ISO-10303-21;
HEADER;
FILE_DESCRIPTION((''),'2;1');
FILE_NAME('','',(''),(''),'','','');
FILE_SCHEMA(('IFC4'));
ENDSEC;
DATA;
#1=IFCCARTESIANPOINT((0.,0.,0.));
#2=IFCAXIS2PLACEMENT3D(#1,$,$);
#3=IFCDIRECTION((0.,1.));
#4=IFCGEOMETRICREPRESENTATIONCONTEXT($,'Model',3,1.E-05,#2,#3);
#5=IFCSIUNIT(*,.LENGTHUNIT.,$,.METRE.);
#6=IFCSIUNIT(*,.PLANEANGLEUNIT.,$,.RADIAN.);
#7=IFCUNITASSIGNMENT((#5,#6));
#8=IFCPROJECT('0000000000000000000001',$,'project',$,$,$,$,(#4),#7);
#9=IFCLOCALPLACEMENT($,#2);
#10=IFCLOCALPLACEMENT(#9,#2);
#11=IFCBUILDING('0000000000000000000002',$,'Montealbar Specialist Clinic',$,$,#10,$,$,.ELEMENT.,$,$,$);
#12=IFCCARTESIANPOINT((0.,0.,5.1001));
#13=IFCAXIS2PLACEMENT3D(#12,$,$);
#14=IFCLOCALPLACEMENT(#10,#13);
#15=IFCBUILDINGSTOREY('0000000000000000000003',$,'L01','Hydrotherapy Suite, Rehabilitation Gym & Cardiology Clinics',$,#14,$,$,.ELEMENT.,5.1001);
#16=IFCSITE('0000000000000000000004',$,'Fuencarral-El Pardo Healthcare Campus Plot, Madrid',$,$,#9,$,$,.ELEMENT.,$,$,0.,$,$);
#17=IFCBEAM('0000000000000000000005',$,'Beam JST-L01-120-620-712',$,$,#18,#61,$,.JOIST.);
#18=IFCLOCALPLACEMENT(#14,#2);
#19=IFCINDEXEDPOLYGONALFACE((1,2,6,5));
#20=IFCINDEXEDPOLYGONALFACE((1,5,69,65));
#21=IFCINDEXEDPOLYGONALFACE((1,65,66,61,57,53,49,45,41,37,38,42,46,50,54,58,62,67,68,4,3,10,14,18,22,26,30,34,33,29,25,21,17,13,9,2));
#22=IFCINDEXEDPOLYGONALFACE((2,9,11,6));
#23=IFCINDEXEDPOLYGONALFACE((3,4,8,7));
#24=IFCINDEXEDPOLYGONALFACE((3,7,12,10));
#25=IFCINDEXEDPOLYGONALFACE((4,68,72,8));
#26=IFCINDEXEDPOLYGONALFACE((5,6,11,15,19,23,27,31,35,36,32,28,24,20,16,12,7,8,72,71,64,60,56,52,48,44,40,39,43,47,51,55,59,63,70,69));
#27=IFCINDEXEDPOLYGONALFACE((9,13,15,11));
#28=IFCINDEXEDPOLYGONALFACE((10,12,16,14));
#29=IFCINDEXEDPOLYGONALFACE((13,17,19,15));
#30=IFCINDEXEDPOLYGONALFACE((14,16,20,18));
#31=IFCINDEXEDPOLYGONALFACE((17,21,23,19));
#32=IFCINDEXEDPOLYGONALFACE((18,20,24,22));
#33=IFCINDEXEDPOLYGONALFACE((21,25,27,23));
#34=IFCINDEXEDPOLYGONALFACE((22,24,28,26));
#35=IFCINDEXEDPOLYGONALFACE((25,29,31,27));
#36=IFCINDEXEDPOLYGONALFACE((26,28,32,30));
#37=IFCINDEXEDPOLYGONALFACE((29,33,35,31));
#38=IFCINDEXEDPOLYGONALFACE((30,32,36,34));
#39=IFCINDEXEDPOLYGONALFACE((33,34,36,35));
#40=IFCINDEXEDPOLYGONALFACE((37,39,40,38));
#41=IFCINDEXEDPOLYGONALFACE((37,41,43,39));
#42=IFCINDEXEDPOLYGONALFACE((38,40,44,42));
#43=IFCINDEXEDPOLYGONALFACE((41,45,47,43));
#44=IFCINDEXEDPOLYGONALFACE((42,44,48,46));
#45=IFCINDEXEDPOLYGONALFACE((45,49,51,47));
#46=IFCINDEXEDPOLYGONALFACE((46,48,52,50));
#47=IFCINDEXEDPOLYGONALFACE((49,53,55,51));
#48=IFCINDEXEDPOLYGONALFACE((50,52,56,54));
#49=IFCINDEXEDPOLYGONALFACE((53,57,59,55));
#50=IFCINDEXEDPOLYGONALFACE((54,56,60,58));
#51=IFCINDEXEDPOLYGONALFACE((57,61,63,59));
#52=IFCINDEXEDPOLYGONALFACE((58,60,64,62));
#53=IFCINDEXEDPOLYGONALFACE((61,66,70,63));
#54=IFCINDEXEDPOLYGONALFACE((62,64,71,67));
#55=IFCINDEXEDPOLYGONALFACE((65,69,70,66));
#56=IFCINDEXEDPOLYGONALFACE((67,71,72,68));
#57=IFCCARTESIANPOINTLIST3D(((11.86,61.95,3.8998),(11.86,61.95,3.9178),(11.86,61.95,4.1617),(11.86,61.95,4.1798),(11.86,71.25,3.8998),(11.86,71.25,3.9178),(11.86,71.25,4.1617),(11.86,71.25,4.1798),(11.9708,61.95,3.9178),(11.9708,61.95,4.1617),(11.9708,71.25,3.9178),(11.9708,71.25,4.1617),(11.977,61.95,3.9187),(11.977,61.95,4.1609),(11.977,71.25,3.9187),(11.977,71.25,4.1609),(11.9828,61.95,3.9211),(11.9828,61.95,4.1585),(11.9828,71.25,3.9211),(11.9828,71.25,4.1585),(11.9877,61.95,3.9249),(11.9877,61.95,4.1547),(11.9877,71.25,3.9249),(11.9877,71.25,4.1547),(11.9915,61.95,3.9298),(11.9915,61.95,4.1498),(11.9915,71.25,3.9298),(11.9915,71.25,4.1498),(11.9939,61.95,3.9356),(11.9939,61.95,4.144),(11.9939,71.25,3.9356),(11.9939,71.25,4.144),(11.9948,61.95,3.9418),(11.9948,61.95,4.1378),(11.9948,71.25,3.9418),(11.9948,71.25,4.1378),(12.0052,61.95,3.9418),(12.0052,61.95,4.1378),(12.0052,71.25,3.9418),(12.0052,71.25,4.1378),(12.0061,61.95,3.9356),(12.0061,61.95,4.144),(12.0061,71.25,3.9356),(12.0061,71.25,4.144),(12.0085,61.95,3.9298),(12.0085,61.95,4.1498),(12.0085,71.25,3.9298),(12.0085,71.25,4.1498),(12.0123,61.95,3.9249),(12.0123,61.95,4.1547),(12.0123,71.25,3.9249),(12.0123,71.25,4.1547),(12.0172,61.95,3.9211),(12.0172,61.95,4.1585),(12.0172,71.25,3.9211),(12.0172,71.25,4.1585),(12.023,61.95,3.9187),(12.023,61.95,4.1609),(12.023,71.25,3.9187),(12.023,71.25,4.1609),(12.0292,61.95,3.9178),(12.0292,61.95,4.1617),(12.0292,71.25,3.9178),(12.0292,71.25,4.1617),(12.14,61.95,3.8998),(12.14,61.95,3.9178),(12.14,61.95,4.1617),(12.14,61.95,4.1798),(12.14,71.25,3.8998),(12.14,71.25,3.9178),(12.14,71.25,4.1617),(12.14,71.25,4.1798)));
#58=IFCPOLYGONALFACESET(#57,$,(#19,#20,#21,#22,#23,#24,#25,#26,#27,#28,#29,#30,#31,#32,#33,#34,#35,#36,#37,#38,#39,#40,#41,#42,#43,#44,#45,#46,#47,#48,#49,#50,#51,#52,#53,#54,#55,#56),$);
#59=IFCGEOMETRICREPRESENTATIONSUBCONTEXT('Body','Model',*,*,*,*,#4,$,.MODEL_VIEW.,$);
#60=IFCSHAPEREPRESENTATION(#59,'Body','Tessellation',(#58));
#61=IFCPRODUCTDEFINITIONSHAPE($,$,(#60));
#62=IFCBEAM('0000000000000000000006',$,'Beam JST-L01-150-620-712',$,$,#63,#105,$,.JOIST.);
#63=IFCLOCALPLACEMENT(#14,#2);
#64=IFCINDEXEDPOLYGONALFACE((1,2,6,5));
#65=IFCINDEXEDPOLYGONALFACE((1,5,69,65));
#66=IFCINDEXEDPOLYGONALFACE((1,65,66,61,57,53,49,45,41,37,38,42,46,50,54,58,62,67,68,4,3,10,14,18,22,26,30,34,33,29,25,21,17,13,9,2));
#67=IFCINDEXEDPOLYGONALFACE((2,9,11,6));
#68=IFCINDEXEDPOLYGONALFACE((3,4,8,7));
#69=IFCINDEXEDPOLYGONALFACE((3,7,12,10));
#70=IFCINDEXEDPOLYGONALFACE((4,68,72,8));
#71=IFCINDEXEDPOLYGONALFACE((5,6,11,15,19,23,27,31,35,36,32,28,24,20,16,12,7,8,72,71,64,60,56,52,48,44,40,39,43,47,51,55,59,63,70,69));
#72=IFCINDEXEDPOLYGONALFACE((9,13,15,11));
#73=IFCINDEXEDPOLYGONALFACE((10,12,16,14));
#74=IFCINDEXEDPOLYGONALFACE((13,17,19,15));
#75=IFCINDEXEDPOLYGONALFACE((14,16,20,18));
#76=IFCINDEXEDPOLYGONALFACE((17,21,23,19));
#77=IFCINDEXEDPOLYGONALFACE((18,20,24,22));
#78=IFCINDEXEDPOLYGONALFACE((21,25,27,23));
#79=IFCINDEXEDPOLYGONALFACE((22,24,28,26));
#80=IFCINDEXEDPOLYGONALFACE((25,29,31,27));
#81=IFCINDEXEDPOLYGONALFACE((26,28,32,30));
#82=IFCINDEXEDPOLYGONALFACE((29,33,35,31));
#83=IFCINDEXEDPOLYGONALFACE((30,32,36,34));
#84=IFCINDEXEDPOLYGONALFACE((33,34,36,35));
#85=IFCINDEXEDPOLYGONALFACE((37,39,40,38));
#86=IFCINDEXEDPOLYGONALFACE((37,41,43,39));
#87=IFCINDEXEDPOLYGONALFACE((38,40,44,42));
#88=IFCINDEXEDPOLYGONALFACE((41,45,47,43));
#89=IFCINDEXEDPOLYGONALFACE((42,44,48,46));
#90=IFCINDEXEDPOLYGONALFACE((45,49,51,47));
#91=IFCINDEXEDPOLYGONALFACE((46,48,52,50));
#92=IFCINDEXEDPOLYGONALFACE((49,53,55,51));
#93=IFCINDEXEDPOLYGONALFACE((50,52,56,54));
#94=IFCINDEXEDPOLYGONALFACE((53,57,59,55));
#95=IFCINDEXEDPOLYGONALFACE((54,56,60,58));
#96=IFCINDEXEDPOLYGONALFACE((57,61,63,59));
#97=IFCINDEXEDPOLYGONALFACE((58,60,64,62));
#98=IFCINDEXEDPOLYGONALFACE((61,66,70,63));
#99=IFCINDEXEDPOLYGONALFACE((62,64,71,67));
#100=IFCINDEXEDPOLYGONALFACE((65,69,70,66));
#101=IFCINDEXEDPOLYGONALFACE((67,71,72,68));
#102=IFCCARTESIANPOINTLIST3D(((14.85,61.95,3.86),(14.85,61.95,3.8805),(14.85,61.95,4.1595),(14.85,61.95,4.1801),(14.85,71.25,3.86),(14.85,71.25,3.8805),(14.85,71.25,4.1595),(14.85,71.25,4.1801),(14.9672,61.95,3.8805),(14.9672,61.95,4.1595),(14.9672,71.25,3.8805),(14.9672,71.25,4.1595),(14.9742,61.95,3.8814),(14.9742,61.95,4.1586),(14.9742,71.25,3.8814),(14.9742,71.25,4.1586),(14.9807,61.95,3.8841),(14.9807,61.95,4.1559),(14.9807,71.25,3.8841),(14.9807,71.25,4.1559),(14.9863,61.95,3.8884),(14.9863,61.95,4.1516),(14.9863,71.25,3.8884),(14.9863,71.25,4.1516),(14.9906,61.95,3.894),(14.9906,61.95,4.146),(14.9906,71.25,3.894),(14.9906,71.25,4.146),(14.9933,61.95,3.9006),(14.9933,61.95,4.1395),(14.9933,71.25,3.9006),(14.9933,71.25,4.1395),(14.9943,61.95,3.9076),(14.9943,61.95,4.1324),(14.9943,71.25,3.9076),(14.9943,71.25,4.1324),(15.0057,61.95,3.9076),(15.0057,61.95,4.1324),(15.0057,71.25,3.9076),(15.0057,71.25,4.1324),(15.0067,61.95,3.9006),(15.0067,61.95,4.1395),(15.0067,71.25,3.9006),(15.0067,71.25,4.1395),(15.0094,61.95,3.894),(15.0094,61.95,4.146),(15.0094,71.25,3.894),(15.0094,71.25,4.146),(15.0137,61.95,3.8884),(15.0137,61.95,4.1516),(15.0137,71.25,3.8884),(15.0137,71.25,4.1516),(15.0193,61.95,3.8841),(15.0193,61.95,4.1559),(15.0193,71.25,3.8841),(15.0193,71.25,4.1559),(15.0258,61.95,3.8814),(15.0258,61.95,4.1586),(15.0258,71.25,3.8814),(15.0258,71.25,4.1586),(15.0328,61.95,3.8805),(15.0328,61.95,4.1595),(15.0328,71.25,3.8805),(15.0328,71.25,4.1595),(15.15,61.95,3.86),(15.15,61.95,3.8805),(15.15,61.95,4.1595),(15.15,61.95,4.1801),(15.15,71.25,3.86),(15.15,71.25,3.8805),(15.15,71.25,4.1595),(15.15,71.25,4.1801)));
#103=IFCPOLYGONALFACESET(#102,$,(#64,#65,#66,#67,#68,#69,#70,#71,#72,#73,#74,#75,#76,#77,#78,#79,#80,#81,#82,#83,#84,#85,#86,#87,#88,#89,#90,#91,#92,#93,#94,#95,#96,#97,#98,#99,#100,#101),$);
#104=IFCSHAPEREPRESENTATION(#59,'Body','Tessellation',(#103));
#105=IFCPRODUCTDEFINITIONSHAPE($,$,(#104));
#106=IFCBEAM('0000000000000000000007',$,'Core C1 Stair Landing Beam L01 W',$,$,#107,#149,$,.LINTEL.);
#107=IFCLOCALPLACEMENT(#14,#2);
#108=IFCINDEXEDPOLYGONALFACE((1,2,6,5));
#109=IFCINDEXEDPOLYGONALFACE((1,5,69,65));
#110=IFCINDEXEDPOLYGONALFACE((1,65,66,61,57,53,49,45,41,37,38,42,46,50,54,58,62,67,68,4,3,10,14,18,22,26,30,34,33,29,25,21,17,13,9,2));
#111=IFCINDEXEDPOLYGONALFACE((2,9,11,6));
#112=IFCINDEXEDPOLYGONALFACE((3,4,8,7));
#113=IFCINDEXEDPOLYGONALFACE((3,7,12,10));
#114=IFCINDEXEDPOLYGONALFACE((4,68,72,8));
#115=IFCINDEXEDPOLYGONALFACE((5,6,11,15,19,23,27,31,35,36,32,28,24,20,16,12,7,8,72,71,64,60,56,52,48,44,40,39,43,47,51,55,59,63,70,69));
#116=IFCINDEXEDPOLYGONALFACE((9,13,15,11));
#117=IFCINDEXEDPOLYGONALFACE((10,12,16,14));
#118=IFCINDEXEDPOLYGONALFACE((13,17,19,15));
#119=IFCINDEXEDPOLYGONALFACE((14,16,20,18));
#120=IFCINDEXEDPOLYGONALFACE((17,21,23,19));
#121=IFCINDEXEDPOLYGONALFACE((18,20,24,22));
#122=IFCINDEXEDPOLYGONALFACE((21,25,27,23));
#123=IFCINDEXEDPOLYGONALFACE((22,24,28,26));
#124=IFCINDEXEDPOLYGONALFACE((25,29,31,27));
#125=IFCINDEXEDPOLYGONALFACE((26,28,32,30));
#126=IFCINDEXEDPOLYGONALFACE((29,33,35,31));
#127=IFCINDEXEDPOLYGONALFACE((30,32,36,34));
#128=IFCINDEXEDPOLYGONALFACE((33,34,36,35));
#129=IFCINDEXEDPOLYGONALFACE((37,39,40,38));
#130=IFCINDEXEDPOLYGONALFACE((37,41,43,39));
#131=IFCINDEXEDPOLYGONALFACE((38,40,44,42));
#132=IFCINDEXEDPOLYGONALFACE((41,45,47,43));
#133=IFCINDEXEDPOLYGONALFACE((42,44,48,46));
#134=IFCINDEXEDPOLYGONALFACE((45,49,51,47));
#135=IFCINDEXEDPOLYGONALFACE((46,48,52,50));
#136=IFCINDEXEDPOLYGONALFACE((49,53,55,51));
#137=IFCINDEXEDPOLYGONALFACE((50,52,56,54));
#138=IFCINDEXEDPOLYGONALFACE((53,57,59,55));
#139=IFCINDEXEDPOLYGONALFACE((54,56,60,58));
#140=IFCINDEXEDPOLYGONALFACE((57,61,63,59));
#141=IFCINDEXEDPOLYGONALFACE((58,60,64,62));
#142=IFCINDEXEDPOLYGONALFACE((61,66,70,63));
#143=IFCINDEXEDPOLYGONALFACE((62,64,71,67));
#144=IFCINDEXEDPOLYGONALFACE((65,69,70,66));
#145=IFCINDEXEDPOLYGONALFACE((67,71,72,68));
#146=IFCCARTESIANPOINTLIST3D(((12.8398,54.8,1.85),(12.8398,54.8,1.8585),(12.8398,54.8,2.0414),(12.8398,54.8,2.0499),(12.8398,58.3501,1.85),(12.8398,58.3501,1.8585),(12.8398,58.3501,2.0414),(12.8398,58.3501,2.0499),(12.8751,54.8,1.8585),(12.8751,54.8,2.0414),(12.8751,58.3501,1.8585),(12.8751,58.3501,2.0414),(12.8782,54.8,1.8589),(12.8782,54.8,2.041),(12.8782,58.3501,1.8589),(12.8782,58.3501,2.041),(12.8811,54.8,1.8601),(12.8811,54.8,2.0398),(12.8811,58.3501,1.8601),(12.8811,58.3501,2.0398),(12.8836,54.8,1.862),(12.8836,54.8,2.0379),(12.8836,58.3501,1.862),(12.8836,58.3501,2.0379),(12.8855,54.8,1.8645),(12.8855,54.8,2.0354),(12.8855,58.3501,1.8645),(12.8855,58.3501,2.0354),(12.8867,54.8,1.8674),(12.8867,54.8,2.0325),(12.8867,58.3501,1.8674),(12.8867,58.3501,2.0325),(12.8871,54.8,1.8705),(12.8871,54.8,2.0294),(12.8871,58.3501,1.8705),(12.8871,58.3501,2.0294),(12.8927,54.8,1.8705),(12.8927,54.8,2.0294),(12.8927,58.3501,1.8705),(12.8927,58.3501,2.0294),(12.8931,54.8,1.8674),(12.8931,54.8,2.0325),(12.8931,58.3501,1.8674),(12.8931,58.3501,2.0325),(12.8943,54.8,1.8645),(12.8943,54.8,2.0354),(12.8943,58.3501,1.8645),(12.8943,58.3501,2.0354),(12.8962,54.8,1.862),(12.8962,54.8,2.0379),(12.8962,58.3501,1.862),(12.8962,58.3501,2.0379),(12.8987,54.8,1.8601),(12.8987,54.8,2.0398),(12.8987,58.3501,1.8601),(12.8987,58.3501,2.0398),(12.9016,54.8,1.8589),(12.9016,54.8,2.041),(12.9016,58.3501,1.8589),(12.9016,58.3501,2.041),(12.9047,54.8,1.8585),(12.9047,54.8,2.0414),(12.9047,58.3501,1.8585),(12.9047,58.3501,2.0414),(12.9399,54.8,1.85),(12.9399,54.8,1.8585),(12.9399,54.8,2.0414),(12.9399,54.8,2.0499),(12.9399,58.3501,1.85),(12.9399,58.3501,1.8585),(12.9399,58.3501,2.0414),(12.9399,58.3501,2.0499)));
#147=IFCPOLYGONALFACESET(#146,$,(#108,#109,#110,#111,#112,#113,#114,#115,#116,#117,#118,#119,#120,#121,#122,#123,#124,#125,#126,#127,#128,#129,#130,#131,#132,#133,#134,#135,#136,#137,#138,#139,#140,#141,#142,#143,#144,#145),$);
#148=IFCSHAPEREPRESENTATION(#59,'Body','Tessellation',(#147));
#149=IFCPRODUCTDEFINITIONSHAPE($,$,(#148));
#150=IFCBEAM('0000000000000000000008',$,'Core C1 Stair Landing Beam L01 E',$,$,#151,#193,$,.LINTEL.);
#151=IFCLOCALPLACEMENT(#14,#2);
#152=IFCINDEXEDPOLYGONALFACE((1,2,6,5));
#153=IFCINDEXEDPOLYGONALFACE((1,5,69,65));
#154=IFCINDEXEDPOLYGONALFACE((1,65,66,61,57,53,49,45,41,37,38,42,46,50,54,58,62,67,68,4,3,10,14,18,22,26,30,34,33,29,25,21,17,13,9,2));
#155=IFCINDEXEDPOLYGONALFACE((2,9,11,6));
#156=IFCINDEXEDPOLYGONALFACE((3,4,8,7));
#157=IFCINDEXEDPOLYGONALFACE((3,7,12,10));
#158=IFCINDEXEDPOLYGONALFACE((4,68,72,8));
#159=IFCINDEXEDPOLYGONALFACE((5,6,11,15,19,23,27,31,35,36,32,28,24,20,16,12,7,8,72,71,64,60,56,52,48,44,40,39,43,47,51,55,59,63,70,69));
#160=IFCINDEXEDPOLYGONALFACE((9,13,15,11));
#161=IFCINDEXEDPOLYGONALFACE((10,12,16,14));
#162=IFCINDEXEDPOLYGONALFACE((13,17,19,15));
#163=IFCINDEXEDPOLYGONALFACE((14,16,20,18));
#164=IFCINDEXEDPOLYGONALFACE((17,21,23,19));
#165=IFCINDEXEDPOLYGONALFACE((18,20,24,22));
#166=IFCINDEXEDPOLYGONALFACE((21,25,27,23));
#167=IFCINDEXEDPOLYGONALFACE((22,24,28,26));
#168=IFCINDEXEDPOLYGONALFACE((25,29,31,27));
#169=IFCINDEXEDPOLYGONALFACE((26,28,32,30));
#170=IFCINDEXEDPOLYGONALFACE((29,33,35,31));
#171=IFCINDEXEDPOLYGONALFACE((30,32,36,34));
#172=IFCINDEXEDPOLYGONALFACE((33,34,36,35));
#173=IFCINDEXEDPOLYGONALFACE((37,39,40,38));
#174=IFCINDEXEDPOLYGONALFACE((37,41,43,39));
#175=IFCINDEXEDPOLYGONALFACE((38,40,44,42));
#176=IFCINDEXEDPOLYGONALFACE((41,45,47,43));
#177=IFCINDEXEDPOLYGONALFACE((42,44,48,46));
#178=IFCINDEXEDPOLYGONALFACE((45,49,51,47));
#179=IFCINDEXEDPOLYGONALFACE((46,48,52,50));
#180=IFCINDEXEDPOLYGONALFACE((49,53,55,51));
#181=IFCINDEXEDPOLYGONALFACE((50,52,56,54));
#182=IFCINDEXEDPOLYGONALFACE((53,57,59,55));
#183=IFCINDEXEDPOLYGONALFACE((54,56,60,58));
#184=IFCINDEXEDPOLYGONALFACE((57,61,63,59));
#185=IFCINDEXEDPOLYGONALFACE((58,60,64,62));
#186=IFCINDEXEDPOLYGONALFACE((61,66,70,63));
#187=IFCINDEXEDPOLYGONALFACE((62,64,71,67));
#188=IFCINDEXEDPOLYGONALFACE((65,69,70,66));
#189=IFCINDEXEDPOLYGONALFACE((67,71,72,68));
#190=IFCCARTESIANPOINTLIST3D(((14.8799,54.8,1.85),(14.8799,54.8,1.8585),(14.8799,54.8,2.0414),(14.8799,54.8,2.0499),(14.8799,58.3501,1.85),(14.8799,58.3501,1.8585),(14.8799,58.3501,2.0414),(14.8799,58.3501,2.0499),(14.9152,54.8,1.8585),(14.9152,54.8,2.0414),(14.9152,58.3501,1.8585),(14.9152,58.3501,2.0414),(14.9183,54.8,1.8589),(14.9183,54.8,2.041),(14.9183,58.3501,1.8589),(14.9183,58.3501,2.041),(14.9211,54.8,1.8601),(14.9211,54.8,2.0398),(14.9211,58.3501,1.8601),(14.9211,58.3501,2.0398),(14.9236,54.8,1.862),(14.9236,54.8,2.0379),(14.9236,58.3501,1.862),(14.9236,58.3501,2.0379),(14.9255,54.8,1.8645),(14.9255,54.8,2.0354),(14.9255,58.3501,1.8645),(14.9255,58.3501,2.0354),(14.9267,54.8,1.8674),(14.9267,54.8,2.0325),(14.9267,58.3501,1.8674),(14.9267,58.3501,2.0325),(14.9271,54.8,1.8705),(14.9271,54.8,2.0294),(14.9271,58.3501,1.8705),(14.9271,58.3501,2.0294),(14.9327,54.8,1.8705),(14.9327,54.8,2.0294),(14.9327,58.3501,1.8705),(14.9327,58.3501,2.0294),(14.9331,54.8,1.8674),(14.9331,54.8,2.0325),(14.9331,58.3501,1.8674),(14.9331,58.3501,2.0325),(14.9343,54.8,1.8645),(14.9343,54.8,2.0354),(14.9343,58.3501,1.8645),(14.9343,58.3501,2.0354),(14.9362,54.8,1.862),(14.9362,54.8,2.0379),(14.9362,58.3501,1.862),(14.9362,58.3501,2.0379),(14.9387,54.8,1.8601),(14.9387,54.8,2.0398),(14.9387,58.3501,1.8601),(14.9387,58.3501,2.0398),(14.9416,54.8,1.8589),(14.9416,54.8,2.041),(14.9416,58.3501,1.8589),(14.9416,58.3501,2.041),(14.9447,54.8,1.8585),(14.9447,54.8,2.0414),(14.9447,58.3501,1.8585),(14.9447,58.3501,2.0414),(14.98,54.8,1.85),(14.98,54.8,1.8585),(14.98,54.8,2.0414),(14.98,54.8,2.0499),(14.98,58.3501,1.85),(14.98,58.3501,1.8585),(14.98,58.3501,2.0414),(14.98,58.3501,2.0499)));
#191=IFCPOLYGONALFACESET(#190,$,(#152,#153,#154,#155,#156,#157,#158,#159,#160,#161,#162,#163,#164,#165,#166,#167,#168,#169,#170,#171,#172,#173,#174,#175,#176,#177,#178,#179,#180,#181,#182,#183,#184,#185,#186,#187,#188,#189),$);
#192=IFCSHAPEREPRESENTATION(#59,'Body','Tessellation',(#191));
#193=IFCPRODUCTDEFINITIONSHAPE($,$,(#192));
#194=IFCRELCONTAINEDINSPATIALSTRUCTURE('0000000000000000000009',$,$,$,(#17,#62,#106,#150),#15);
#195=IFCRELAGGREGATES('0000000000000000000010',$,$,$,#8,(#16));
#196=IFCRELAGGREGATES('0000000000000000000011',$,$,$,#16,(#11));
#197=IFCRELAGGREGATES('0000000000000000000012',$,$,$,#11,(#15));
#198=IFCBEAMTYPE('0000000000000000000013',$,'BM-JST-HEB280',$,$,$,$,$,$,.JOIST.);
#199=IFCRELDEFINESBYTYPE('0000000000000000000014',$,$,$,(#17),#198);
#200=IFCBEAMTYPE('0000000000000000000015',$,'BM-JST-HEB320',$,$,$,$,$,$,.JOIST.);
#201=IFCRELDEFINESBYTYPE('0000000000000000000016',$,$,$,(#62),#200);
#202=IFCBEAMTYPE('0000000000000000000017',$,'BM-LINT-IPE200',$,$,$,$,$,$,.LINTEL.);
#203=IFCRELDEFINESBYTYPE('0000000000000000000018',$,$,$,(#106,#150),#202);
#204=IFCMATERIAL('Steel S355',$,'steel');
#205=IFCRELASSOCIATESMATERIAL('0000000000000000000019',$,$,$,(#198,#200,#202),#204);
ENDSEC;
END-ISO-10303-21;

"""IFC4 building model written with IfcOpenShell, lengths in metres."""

from ifc_helpers import new_model, si_unit, direction, frame, origin, origin_2d, place, context, subcontext, project, spatial, i_section, extrude, material, material_profile, profile_set, type_object, element, save


model = new_model("IFC4")

# Units and contexts
model_context = context("Model", 3, precision=1e-05, world=origin(), true_north=direction((0.0, 1.0)))
body_context = subcontext(model_context, "Body", "Model", "MODEL_VIEW")
ifc_project = project(units=[si_unit("LENGTHUNIT", "METRE"), si_unit("PLANEANGLEUNIT", "RADIAN")], contexts=[model_context])

# Site, building, storey
site_placement = place(None, origin())
site = spatial("IfcSite", under=ifc_project, at=site_placement, Name="Fuencarral-El Pardo Healthcare Campus Plot, Madrid", CompositionType="ELEMENT", RefElevation=0.0)
building_placement = place(site_placement, origin())
building = spatial("IfcBuilding", under=site, at=building_placement, Name="Montealbar Specialist Clinic", CompositionType="ELEMENT")
storey_placement = place(building_placement, frame((0.0, 0.0, 5.1001)))
storey = spatial("IfcBuildingStorey", under=building, at=storey_placement, Name="L01", Description="Hydrotherapy Suite, Rehabilitation Gym & Cardiology Clinics", CompositionType="ELEMENT", Elevation=5.1001)

# Beams
ifc_material_1 = material(Name="Steel S355", Category="steel")
ifc_material_profile_1 = material_profile(ifc_material_1, i_section(OverallWidth=0.28, OverallDepth=0.28, WebThickness=0.0105, FlangeThickness=0.0181, FilletRadius=0.0239, at=origin_2d()), Name="HEB 280", Category="steel")
ifc_profile_set_1 = profile_set([ifc_material_profile_1], Name="Steel S355")
beam_type_1 = type_object("IfcBeamType", Name="BM-JST-HEB280", PredefinedType="JOIST", material=ifc_profile_set_1)
beam_1_placement = place(storey_placement, frame((12.0, 61.95, 4.0398), z_axis=(0.0, 1.0, 0.0), x_axis=(-1.0, 0.0, 0.0)))
element("IfcBeam", 1, at=beam_1_placement, inside=storey, type_object=beam_type_1, Name="Beam JST-L01-120-620-712", PredefinedType="JOIST", context=body_context, shape_type="SweptSolid", body=[
    extrude(i_section(OverallWidth=0.28, OverallDepth=0.28, WebThickness=0.0105, FlangeThickness=0.0181, FilletRadius=0.0239, at=origin_2d()), origin(), (0.0, 0.0, 1.0), 9.3),
])
ifc_material_profile_2 = material_profile(ifc_material_1, i_section(OverallWidth=0.3, OverallDepth=0.3201, WebThickness=0.0115, FlangeThickness=0.0205, FilletRadius=0.0271, at=origin_2d()), Name="HEB 320", Category="steel")
ifc_profile_set_2 = profile_set([ifc_material_profile_2], Name="Steel S355")
beam_type_2 = type_object("IfcBeamType", Name="BM-JST-HEB320", PredefinedType="JOIST", material=ifc_profile_set_2)
beam_2_placement = place(storey_placement, frame((15.0, 61.95, 4.02), z_axis=(0.0, 1.0, 0.0), x_axis=(-1.0, 0.0, 0.0)))
element("IfcBeam", 2, at=beam_2_placement, inside=storey, type_object=beam_type_2, Name="Beam JST-L01-150-620-712", PredefinedType="JOIST", context=body_context, shape_type="SweptSolid", body=[
    extrude(i_section(OverallWidth=0.3, OverallDepth=0.3201, WebThickness=0.0115, FlangeThickness=0.0205, FilletRadius=0.0271, at=origin_2d()), origin(), (0.0, 0.0, 1.0), 9.3),
])
ifc_material_profile_3 = material_profile(ifc_material_1, i_section(OverallWidth=0.1001, OverallDepth=0.2, WebThickness=0.0056, FlangeThickness=0.0085, FilletRadius=0.012, at=origin_2d()), Name="IPE 200", Category="steel")
ifc_profile_set_3 = profile_set([ifc_material_profile_3], Name="Steel S355")
beam_type_3 = type_object("IfcBeamType", Name="BM-LINT-IPE200", PredefinedType="LINTEL", material=ifc_profile_set_3)
for number, where, z_axis, x_axis, name in (
    (3, (12.8899, 54.8, 1.95), (0.0, 1.0, 0.0), (-1.0, 0.0, 0.0), "Core C1 Stair Landing Beam L01 W"),
    (4, (14.9299, 54.8, 1.95), (0.0, 1.0, 0.0), (-1.0, 0.0, 0.0), "Core C1 Stair Landing Beam L01 E"),
):
    element("IfcBeam", number, at=place(storey_placement, frame(where, z_axis=z_axis, x_axis=x_axis)), inside=storey, type_object=beam_type_3, Name=name, PredefinedType="LINTEL", context=body_context, shape_type="SweptSolid", body=[
        extrude(i_section(OverallWidth=0.1001, OverallDepth=0.2, WebThickness=0.0056, FlangeThickness=0.0085, FilletRadius=0.012, at=origin_2d()), origin(), (0.0, 0.0, 1.0), 3.55),
    ])

save(model, "model.ifc")
